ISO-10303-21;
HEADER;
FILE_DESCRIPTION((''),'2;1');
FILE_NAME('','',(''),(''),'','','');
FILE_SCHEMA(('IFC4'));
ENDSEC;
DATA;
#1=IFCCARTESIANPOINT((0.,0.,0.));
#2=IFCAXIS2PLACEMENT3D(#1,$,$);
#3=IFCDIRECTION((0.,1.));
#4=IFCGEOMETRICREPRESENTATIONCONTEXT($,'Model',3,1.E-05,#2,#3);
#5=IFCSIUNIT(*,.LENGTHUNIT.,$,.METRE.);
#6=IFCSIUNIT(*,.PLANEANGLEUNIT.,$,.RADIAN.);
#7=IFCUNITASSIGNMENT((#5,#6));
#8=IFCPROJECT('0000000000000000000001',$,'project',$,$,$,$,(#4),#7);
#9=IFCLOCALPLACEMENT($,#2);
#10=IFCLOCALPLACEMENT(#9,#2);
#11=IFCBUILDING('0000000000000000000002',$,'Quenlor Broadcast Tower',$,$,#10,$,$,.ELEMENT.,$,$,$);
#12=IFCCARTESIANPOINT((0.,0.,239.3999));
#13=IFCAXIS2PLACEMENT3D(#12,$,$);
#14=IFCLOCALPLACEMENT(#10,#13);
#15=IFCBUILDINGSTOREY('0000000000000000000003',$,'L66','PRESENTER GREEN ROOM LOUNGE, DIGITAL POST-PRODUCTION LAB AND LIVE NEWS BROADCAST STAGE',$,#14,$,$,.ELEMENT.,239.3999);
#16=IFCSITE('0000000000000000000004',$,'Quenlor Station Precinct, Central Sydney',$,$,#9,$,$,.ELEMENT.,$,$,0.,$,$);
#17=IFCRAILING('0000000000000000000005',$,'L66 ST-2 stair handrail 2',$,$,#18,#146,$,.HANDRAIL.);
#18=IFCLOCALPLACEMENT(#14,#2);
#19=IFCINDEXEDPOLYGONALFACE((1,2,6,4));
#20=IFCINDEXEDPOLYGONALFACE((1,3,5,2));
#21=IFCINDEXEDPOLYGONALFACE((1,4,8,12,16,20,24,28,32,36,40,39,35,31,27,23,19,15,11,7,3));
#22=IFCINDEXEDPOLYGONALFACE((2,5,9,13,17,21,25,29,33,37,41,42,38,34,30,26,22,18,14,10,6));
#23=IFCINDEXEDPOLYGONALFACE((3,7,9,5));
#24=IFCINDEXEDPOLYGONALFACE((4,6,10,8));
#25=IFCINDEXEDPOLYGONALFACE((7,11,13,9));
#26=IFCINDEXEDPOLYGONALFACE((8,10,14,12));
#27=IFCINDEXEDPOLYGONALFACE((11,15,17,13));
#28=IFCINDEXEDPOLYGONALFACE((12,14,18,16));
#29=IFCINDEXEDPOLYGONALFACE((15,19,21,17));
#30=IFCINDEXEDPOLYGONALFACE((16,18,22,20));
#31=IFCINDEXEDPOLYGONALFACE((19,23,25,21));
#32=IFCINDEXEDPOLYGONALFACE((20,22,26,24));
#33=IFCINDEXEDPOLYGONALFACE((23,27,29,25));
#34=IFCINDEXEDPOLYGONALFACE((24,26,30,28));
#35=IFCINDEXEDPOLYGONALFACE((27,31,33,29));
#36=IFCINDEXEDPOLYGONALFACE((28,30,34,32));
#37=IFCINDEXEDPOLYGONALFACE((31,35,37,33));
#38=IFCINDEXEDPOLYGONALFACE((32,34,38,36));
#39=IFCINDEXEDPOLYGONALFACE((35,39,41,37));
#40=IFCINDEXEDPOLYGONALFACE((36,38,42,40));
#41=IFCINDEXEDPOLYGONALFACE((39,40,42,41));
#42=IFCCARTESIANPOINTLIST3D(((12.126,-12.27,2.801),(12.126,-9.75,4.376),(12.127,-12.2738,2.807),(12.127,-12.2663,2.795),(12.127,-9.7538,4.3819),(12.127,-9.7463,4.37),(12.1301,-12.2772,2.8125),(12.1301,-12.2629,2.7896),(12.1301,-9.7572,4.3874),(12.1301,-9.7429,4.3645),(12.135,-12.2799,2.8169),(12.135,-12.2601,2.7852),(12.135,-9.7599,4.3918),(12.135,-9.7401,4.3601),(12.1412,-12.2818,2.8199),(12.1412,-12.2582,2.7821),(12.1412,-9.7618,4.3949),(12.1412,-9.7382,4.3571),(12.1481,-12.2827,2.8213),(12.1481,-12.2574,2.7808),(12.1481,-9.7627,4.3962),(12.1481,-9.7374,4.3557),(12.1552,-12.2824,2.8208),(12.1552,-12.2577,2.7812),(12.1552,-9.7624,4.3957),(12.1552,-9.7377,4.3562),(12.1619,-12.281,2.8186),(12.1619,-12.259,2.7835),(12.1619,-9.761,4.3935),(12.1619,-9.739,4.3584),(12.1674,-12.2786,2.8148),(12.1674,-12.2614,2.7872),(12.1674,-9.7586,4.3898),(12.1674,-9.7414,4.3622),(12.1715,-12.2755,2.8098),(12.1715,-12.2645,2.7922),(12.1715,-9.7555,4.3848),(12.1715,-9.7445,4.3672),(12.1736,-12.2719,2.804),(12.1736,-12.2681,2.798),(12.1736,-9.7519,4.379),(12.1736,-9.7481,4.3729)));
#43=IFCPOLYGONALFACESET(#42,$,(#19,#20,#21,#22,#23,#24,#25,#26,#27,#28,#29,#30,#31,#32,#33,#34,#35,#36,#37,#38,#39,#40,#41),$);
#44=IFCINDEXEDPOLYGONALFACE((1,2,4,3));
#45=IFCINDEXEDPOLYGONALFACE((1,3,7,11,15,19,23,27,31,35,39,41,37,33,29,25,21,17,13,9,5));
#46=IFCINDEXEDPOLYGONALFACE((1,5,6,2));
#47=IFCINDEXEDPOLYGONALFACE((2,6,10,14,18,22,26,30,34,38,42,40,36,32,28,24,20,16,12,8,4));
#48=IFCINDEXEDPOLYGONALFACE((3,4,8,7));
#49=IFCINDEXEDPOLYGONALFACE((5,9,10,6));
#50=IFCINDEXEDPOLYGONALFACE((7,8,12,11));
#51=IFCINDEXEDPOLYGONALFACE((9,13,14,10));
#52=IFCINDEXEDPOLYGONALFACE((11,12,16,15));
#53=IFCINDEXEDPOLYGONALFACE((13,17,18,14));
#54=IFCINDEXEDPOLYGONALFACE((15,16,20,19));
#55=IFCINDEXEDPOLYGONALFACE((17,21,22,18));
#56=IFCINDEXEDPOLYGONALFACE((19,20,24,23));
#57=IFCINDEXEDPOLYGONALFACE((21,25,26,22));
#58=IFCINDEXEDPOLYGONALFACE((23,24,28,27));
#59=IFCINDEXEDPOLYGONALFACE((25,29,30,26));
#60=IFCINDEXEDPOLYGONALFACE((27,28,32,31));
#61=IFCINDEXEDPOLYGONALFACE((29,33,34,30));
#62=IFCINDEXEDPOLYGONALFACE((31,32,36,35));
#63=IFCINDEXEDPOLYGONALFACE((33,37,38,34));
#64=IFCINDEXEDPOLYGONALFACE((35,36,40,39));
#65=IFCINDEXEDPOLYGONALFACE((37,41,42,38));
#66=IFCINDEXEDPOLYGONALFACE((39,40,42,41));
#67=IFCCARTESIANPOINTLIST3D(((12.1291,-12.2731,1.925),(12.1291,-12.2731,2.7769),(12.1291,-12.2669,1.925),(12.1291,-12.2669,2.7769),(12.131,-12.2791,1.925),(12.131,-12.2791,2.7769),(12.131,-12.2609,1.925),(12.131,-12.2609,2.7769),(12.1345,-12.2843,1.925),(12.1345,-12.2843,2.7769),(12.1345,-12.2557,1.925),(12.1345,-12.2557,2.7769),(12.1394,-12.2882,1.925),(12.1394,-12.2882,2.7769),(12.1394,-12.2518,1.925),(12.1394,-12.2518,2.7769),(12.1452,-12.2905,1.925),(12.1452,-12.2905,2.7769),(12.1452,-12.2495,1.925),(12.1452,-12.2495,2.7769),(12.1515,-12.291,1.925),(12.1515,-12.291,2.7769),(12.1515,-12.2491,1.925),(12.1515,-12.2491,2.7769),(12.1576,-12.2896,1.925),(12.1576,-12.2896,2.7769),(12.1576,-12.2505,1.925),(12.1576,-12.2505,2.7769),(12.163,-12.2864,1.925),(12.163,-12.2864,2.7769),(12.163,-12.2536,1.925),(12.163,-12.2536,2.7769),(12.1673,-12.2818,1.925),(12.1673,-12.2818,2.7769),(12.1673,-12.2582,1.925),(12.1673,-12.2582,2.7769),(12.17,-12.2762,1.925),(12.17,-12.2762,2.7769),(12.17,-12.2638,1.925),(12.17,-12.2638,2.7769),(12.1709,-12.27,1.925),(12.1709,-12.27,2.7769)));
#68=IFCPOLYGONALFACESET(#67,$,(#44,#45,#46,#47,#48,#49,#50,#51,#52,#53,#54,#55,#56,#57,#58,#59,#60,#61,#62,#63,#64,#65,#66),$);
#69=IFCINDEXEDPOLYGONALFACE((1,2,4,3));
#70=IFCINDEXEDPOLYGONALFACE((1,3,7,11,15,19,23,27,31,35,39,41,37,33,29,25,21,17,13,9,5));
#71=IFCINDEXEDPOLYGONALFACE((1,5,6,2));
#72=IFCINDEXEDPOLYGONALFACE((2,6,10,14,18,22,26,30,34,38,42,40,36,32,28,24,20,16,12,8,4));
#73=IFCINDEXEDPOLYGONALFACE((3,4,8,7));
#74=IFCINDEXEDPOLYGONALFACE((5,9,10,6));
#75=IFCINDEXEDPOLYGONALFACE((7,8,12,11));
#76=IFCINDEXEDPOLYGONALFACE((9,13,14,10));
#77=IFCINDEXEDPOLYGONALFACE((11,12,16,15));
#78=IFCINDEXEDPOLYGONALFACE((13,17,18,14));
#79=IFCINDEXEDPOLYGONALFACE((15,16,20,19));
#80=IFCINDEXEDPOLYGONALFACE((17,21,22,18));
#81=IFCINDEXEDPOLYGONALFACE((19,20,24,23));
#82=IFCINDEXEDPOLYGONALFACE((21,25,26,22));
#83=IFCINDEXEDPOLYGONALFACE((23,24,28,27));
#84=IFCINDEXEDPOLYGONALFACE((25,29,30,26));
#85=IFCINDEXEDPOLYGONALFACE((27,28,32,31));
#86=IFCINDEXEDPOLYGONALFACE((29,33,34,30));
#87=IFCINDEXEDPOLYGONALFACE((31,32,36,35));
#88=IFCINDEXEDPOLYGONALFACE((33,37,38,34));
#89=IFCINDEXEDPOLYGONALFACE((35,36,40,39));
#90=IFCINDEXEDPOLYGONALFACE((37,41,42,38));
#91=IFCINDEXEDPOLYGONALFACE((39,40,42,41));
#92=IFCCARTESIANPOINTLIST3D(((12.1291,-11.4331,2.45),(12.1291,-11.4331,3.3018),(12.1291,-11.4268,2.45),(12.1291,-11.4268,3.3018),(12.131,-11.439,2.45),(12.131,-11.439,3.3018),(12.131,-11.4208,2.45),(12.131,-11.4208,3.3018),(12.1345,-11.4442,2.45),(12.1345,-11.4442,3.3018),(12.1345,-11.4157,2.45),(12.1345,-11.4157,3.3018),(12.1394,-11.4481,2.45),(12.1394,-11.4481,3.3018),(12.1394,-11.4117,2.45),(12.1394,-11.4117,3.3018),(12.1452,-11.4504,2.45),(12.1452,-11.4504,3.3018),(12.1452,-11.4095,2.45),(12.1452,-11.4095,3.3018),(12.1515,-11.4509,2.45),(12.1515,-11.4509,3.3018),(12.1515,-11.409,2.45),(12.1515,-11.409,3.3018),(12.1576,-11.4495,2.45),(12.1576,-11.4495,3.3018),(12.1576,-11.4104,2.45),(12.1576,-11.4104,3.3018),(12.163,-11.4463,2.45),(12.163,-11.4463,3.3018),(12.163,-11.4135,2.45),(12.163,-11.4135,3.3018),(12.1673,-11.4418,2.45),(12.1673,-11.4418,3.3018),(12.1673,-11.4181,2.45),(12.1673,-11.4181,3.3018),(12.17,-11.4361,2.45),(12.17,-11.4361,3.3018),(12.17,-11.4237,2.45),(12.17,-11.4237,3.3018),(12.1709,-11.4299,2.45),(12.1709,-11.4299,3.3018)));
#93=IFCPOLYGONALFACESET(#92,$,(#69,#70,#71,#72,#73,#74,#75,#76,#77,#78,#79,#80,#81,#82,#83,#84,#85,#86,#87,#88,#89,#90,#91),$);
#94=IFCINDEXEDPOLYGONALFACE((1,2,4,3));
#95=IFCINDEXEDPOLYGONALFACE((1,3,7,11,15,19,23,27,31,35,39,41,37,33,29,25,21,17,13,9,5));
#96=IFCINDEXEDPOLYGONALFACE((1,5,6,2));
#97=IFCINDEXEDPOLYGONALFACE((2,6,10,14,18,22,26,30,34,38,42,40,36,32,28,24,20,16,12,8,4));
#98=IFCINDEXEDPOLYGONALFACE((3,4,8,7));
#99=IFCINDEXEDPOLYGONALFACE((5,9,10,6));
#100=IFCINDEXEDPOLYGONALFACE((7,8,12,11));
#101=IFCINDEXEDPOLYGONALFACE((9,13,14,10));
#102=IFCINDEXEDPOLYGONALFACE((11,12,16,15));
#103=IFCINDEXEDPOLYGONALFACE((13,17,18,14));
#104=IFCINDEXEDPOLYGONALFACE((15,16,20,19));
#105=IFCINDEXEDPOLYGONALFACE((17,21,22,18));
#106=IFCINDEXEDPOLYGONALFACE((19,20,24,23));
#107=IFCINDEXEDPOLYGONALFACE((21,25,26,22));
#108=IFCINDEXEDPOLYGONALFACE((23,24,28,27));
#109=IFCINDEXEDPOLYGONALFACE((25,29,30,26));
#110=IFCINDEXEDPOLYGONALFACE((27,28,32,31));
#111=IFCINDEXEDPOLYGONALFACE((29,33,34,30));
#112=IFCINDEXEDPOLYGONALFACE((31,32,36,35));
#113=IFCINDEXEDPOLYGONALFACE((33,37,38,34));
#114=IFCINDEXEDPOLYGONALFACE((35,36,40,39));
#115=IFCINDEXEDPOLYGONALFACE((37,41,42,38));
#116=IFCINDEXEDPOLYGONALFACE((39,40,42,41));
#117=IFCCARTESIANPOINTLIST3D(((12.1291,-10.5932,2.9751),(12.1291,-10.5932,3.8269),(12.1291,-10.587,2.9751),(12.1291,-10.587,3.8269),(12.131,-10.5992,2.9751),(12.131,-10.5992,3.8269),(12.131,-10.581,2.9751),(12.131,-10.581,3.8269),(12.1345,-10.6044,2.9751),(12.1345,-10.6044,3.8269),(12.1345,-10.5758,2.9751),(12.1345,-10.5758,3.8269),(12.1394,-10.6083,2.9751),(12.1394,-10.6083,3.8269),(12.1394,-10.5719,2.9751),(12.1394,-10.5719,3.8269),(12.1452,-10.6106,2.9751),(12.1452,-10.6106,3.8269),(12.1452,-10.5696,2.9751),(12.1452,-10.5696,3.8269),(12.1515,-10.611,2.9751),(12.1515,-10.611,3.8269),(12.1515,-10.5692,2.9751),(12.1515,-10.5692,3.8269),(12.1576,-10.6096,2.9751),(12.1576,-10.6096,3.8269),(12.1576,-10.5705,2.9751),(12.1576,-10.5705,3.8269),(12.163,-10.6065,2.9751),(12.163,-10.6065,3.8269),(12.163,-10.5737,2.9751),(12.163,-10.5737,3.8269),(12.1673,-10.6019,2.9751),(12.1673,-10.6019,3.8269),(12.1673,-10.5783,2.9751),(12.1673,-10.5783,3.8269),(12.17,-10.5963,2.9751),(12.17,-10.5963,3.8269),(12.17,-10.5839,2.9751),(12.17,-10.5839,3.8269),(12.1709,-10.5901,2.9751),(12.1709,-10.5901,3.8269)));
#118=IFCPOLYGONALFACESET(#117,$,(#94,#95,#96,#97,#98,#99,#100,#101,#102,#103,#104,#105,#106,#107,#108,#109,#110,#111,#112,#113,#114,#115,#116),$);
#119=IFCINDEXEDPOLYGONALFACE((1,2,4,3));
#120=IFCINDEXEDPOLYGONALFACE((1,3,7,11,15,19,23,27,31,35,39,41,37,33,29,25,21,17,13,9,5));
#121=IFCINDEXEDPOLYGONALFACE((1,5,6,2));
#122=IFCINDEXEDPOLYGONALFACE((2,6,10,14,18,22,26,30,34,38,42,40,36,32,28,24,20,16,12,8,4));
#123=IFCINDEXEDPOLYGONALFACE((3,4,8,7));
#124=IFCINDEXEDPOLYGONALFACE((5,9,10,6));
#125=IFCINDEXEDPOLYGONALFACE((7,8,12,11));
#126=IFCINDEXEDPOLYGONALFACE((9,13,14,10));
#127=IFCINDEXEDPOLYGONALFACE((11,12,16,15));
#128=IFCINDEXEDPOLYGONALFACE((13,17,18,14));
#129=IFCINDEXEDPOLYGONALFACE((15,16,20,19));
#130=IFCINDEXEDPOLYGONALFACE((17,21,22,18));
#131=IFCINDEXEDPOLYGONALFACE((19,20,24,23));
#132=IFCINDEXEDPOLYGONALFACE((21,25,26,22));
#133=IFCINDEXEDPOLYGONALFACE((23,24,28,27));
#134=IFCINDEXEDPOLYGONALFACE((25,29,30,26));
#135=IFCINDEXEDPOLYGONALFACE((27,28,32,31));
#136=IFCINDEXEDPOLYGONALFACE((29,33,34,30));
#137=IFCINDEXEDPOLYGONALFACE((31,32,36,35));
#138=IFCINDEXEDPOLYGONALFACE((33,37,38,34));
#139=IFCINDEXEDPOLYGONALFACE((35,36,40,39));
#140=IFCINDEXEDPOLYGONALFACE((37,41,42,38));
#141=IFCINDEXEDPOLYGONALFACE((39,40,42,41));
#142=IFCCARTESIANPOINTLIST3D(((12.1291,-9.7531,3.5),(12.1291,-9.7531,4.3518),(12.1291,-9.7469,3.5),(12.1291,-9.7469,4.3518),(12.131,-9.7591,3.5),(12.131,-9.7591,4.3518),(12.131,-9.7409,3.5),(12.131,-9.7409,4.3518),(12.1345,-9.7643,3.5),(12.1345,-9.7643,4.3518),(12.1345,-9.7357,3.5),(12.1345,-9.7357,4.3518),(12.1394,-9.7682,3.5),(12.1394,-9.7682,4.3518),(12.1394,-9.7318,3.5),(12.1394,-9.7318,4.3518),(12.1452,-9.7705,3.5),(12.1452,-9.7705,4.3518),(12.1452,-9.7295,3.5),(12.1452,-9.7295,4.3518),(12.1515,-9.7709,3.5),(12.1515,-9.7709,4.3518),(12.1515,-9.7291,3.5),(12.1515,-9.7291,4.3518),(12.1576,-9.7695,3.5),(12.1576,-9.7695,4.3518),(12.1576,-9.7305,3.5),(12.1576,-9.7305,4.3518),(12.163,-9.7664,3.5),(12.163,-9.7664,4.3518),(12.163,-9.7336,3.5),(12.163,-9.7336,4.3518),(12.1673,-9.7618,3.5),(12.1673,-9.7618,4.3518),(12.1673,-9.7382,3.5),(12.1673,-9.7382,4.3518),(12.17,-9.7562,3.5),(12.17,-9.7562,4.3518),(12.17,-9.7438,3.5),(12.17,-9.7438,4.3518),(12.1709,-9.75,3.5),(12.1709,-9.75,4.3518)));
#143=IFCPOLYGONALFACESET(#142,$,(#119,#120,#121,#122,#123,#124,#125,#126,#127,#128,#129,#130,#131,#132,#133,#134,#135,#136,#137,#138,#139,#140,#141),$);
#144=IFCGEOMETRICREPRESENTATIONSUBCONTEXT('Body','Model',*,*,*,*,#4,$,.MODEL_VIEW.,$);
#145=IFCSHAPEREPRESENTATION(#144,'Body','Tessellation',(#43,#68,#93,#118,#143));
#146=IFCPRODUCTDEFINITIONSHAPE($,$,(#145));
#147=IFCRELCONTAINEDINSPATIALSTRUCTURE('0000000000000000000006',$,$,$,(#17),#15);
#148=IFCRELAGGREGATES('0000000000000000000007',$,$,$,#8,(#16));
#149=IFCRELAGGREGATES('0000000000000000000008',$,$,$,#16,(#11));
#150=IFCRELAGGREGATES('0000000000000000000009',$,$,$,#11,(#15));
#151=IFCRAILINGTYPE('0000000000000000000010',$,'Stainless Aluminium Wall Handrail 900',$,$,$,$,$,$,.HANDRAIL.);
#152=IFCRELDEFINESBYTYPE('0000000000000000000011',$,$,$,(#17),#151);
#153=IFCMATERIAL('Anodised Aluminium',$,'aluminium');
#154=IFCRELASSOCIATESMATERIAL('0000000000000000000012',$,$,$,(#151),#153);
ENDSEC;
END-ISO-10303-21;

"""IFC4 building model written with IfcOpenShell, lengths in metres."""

from ifc_helpers import new_model, si_unit, direction, frame, origin, origin_2d, place, context, subcontext, project, spatial, circle, extrude, material, type_object, element, save


model = new_model("IFC4")

# Units and contexts
model_context = context("Model", 3, precision=1e-05, world=origin(), true_north=direction((0.0, 1.0)))
body_context = subcontext(model_context, "Body", "Model", "MODEL_VIEW")
ifc_project = project(units=[si_unit("LENGTHUNIT", "METRE"), si_unit("PLANEANGLEUNIT", "RADIAN")], contexts=[model_context])

# Site, building, storey
site_placement = place(None, origin())
site = spatial("IfcSite", under=ifc_project, at=site_placement, Name="Quenlor Station Precinct, Central Sydney", CompositionType="ELEMENT", RefElevation=0.0)
building_placement = place(site_placement, origin())
building = spatial("IfcBuilding", under=site, at=building_placement, Name="Quenlor Broadcast Tower", CompositionType="ELEMENT")
storey_placement = place(building_placement, frame((0.0, 0.0, 239.3999)))
storey = spatial("IfcBuildingStorey", under=building, at=storey_placement, Name="L66", Description="PRESENTER GREEN ROOM LOUNGE, DIGITAL POST-PRODUCTION LAB AND LIVE NEWS BROADCAST STAGE", CompositionType="ELEMENT", Elevation=239.3999)

# Railing
ifc_material_1 = material(Name="Anodised Aluminium", Category="aluminium")
railing_type_1 = type_object("IfcRailingType", Name="Stainless Aluminium Wall Handrail 900", PredefinedType="HANDRAIL", material=ifc_material_1)
railing_1_placement = place(storey_placement, frame((12.1499, -12.27, 1.925)))
element("IfcRailing", 1, at=railing_1_placement, inside=storey, type_object=railing_type_1, Name="L66 ST-2 stair handrail 2", PredefinedType="HANDRAIL", context=body_context, shape_type="SweptSolid", body=[
    extrude(circle(Radius=0.0239, at=origin_2d()), frame((0.0, 0.0, 0.876), z_axis=(0.0, 0.848008, 0.529984), x_axis=(-1.0, 0.0, 0.0)), (0.0, 0.0, 1.0), 2.9717),
    extrude(circle(Radius=0.021, at=origin_2d()), origin(), (0.0, 0.0, 1.0), 0.8518),
    extrude(circle(Radius=0.021, at=origin_2d()), frame((0.0, 0.8401, 0.5249)), (0.0, 0.0, 1.0), 0.8518),
    extrude(circle(Radius=0.021, at=origin_2d()), frame((0.0, 1.6799, 1.05)), (0.0, 0.0, 1.0), 0.8518),
    extrude(circle(Radius=0.021, at=origin_2d()), frame((0.0, 2.52, 1.575)), (0.0, 0.0, 1.0), 0.8518),
])

save(model, "model.ifc")
